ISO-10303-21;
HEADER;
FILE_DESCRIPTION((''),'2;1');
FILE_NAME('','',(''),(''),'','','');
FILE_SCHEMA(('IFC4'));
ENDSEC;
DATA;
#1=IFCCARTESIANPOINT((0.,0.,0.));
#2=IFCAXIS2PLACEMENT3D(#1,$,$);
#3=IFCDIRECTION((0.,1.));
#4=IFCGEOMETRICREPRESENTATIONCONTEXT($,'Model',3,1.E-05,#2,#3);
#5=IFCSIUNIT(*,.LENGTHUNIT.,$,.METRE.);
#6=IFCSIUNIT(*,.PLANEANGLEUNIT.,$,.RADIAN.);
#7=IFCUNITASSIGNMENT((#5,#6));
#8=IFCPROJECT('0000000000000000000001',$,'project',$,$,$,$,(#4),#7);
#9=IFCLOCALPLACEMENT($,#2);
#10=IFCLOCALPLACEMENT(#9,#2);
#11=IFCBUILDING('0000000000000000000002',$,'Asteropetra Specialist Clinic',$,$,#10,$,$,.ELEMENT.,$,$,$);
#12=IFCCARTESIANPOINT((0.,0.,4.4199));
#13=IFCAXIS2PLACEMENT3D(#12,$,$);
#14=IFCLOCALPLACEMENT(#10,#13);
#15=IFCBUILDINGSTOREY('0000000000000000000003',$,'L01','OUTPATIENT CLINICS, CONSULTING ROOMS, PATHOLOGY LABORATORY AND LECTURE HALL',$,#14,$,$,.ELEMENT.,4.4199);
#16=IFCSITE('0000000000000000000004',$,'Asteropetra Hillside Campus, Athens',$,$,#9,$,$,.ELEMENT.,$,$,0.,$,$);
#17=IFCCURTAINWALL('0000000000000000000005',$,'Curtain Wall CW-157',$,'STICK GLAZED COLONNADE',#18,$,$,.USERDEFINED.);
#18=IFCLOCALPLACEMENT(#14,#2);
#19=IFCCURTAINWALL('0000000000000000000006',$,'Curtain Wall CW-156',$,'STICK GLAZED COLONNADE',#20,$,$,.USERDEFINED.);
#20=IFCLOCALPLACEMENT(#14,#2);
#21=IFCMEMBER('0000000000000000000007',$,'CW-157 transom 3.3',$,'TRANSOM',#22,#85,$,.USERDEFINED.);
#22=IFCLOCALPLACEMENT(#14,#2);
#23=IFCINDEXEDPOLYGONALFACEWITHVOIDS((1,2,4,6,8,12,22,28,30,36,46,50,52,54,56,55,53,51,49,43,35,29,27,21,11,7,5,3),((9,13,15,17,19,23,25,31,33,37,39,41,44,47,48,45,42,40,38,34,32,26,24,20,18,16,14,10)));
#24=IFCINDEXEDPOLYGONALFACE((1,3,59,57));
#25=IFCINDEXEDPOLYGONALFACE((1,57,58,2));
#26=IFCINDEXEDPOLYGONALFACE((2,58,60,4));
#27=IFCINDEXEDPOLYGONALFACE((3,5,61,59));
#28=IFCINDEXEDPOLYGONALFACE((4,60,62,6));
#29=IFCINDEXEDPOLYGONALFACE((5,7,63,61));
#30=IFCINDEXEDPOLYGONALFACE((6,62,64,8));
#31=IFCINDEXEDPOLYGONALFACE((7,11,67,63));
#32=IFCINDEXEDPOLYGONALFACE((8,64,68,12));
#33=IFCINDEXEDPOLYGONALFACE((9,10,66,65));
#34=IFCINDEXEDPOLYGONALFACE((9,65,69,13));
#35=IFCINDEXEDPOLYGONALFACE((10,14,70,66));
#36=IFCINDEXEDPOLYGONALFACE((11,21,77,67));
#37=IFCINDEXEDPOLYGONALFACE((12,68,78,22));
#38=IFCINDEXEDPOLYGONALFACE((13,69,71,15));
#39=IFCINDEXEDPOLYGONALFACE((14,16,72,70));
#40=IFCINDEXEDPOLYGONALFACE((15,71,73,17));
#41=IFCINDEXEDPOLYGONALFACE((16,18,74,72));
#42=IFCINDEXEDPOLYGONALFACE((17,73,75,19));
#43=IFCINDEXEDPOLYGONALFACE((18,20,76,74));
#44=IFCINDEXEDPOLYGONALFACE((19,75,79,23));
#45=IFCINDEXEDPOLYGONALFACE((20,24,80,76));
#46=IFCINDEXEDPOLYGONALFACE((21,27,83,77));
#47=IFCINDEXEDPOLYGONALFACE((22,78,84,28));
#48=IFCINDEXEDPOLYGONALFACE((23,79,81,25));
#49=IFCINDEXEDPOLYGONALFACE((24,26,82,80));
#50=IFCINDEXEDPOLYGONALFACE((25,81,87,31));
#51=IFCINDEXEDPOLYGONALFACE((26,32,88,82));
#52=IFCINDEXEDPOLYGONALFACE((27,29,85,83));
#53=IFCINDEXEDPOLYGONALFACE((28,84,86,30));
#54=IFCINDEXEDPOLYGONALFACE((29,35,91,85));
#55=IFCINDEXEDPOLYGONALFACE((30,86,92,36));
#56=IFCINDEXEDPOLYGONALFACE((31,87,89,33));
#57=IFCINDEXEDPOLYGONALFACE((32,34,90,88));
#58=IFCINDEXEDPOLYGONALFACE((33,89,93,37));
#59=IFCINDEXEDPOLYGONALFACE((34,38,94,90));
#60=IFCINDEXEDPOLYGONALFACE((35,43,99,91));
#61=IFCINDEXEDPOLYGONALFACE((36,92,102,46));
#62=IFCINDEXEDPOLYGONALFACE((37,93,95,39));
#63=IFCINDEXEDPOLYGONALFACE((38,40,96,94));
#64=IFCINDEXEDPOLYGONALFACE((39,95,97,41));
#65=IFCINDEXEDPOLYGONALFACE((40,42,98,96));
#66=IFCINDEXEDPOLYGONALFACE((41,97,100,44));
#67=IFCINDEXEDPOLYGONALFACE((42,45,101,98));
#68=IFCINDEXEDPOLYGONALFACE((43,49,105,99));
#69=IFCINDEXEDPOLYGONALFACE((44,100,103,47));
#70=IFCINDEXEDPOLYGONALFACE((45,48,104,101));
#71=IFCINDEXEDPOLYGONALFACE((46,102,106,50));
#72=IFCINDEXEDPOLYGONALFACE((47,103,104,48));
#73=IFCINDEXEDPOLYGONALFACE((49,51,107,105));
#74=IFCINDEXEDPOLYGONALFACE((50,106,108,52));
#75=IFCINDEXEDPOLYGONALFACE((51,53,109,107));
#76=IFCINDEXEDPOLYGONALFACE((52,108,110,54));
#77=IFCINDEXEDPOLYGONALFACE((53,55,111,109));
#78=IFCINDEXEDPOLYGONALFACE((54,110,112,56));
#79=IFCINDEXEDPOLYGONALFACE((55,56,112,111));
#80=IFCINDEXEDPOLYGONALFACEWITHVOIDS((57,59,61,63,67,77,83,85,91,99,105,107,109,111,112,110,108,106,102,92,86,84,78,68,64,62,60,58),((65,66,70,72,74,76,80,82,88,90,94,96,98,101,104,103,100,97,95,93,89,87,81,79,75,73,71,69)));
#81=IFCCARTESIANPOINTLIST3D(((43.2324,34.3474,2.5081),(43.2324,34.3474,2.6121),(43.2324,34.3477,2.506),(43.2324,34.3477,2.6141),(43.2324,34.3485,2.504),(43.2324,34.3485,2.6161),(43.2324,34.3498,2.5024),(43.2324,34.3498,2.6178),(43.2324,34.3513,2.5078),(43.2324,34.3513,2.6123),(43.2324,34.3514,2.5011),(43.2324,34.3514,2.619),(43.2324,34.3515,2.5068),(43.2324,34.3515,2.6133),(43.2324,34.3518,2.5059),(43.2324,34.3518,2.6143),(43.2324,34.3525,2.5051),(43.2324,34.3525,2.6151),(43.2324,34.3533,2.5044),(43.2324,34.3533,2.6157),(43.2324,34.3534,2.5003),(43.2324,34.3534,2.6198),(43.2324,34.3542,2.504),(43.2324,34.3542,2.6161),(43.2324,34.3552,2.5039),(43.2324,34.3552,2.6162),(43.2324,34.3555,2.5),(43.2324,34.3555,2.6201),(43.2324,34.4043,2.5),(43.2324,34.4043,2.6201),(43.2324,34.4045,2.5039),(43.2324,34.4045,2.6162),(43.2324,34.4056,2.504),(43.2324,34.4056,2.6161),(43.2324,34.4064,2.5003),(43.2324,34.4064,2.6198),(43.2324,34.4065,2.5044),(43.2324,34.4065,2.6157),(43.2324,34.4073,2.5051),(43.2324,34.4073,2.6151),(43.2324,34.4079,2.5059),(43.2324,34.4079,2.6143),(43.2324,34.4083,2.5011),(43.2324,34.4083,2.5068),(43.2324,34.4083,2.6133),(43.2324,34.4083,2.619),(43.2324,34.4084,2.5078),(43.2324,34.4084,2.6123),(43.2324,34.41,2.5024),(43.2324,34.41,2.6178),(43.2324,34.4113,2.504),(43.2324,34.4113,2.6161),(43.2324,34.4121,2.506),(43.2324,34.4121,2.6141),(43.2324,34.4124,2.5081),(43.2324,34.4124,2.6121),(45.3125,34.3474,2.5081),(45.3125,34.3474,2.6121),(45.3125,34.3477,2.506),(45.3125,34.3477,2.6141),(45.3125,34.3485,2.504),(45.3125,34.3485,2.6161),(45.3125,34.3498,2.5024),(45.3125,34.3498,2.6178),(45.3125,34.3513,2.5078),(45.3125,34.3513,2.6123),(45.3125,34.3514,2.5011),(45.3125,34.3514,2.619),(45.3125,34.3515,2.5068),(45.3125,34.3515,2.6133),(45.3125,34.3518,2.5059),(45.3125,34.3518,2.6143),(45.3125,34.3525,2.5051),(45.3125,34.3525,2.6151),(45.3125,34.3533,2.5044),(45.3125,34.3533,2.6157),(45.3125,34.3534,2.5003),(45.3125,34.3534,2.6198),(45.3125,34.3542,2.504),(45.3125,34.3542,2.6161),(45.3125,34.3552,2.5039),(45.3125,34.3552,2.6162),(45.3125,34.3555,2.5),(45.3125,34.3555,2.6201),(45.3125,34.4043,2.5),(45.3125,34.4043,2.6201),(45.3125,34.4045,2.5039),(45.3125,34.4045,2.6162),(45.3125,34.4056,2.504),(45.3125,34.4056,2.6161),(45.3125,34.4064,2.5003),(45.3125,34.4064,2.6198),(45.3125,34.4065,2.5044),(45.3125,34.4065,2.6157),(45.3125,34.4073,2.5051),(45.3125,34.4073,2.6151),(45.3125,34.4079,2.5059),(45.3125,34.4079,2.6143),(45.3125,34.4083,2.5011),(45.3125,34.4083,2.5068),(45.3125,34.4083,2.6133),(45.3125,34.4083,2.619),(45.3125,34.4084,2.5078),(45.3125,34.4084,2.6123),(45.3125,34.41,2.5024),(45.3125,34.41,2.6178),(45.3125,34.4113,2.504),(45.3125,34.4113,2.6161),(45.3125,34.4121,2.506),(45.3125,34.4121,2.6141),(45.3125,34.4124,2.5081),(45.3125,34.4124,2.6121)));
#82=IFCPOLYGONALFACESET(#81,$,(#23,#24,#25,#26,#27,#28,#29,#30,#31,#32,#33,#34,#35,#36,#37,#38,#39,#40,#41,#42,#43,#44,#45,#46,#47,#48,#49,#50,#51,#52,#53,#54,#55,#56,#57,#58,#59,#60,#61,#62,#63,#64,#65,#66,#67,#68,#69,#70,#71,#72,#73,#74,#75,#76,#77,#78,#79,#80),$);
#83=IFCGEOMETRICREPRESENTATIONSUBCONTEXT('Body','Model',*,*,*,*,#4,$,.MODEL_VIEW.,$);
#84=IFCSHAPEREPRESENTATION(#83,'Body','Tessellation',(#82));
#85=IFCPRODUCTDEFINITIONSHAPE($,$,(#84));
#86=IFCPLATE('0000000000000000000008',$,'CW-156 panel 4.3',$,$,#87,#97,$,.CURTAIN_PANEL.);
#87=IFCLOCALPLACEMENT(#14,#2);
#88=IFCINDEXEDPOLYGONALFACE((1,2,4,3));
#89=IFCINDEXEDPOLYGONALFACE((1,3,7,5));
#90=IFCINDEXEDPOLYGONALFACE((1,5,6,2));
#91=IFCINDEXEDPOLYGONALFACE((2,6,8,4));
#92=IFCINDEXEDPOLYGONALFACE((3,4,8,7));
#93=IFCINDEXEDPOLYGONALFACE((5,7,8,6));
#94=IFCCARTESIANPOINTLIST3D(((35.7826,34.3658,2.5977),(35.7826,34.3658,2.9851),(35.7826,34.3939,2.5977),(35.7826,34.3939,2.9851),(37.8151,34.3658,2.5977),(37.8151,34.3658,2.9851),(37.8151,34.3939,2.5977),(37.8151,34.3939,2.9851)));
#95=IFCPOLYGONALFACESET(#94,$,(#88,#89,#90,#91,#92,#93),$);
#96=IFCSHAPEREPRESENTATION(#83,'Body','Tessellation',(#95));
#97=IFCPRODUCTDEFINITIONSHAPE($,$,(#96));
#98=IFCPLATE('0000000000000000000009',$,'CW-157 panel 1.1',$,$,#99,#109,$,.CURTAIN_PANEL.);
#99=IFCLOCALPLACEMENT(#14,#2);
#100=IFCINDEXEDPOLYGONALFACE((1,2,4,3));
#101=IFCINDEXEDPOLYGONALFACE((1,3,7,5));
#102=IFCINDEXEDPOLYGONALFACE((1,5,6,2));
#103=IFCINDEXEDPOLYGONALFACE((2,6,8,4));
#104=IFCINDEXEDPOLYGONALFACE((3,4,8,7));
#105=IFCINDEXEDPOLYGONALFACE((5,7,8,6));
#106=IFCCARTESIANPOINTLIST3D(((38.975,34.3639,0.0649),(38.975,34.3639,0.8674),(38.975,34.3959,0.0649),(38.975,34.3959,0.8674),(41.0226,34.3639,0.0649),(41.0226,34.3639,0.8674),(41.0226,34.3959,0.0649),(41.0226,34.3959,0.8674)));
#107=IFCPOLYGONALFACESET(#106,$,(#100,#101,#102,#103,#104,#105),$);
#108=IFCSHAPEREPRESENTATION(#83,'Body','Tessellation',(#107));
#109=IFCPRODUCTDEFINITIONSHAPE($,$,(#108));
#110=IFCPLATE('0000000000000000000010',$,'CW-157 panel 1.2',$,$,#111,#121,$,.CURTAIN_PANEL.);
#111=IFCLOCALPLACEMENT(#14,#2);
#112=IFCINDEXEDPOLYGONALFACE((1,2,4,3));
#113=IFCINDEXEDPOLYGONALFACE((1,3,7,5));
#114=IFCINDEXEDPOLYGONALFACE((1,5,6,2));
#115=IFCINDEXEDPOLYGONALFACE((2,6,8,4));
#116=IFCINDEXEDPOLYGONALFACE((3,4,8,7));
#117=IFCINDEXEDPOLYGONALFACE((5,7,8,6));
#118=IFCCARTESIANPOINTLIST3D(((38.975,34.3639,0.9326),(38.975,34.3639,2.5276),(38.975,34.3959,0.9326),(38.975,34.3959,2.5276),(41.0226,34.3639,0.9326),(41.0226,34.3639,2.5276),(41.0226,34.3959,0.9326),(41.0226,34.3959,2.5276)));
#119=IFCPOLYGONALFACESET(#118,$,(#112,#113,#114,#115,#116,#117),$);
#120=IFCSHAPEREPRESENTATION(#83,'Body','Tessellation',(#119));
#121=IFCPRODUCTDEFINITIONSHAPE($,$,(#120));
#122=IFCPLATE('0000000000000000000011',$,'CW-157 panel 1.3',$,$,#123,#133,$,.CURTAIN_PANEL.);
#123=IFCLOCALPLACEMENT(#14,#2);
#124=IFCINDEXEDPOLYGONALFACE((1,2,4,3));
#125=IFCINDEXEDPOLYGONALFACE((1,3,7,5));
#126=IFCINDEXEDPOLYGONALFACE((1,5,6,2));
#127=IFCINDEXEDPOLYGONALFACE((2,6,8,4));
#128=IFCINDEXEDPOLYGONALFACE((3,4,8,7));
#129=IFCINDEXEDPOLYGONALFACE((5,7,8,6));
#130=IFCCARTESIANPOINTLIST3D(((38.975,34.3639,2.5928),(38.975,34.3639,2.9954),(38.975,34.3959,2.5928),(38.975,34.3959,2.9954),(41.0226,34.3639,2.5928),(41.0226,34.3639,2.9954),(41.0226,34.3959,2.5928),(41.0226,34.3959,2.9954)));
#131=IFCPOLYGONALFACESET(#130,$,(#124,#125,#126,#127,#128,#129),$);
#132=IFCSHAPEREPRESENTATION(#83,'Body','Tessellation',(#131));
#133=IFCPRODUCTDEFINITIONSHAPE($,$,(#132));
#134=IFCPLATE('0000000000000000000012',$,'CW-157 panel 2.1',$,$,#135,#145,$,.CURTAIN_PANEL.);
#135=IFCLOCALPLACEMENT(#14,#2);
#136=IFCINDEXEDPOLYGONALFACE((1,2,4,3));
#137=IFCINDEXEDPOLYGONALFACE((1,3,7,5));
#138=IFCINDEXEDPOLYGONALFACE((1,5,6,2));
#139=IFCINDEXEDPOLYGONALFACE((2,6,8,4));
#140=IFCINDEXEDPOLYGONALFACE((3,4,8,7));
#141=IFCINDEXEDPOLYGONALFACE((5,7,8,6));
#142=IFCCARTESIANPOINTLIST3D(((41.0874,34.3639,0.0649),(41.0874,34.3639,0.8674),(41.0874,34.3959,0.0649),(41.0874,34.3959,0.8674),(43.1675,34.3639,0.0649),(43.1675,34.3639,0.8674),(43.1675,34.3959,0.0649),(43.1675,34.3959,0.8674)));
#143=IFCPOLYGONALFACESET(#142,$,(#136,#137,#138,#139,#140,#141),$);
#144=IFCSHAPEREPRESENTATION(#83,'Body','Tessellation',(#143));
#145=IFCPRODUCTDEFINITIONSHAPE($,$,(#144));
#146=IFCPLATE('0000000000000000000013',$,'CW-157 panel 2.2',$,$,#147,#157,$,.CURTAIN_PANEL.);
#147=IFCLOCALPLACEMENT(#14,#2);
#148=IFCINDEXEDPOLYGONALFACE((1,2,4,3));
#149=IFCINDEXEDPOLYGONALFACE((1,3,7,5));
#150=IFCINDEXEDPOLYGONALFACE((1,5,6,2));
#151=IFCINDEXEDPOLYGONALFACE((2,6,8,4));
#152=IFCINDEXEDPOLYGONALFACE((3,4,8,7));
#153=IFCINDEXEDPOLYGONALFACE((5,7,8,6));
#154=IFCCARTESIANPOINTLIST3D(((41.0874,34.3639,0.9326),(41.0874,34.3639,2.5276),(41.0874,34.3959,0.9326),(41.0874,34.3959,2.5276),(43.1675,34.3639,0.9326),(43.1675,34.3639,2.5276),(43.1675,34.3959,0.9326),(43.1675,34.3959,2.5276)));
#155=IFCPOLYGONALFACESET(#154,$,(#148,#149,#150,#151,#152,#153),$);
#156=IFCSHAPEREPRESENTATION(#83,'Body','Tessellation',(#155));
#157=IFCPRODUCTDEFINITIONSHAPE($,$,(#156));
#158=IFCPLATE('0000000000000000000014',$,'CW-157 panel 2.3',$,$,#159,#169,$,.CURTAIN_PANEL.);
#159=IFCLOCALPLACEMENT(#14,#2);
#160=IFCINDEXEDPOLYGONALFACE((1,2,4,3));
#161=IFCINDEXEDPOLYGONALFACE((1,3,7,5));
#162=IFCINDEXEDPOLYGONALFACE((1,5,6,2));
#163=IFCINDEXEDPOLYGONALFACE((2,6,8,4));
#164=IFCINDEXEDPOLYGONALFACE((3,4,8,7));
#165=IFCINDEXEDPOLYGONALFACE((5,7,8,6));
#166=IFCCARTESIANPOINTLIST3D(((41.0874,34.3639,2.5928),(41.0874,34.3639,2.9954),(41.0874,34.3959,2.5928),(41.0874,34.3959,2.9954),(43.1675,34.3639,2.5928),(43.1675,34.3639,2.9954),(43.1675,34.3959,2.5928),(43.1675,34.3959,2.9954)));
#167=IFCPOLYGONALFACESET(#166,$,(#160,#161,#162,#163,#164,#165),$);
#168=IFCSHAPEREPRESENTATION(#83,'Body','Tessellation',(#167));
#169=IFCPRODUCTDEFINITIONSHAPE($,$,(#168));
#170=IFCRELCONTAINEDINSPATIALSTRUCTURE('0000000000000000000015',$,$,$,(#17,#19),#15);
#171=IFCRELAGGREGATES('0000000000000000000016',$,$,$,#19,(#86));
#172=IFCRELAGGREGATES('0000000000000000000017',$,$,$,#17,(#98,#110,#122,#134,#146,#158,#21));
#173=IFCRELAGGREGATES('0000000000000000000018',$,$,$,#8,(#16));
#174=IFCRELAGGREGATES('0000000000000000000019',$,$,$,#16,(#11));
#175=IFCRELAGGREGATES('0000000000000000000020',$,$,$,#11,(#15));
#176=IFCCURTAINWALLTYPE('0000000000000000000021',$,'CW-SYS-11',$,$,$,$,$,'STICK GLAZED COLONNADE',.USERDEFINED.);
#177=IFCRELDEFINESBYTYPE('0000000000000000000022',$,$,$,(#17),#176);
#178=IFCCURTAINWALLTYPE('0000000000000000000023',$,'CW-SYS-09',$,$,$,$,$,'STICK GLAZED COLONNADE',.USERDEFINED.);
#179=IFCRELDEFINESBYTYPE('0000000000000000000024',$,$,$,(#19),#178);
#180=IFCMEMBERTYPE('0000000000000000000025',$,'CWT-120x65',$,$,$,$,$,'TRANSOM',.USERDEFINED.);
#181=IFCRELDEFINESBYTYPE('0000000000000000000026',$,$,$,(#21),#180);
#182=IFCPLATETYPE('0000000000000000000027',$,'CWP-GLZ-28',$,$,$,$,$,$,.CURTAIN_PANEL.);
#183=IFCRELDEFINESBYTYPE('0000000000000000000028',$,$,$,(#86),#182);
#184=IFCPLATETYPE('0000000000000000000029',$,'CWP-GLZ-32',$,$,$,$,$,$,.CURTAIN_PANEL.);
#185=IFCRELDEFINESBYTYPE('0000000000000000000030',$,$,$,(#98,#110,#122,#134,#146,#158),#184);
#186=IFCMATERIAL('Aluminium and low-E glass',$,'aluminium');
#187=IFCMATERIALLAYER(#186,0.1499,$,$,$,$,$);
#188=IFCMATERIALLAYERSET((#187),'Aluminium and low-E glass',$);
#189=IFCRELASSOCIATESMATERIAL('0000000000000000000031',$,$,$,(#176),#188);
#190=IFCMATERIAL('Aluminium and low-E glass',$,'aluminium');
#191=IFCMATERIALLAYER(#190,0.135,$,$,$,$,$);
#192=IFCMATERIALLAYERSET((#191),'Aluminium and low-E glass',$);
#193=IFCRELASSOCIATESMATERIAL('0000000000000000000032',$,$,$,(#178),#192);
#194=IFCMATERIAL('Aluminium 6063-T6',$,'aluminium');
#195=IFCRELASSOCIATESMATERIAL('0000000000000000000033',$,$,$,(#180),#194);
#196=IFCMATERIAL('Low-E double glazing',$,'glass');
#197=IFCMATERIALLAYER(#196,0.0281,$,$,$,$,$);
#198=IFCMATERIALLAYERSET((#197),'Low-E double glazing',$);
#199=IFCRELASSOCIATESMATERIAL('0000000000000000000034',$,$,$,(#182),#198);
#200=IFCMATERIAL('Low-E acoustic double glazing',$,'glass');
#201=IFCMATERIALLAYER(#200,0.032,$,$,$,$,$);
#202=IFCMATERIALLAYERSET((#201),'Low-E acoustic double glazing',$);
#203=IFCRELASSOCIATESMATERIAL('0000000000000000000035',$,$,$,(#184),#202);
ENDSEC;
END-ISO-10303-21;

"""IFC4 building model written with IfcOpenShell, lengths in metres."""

from ifc_helpers import new_model, si_unit, direction, frame, origin, origin_2d, place, context, subcontext, project, spatial, rectangle, hollow_rectangle, extrude, material, layer, layer_set, material_profile, profile_set, type_object, element, aggregate, save


model = new_model("IFC4")

# Units and contexts
model_context = context("Model", 3, precision=1e-05, world=origin(), true_north=direction((0.0, 1.0)))
body_context = subcontext(model_context, "Body", "Model", "MODEL_VIEW")
ifc_project = project(units=[si_unit("LENGTHUNIT", "METRE"), si_unit("PLANEANGLEUNIT", "RADIAN")], contexts=[model_context])

# Site, building, storey
site_placement = place(None, origin())
site = spatial("IfcSite", under=ifc_project, at=site_placement, Name="Asteropetra Hillside Campus, Athens", CompositionType="ELEMENT", RefElevation=0.0)
building_placement = place(site_placement, origin())
building = spatial("IfcBuilding", under=site, at=building_placement, Name="Asteropetra Specialist Clinic", CompositionType="ELEMENT")
storey_placement = place(building_placement, frame((0.0, 0.0, 4.4199)))
storey = spatial("IfcBuildingStorey", under=building, at=storey_placement, Name="L01", Description="OUTPATIENT CLINICS, CONSULTING ROOMS, PATHOLOGY LABORATORY AND LECTURE HALL", CompositionType="ELEMENT", Elevation=4.4199)

# Curtain wall
ifc_material_1 = material(Name="Aluminium and low-E glass", Category="aluminium")
ifc_layer_1 = layer(ifc_material_1, 0.1499)
ifc_layer_set_1 = layer_set([ifc_layer_1], Name="Aluminium and low-E glass")
curtain_wall_type_1 = type_object("IfcCurtainWallType", Name="CW-SYS-11", ElementType="STICK GLAZED COLONNADE", PredefinedType="USERDEFINED", material=ifc_layer_set_1)
curtain_wall_1_placement = place(storey_placement, origin())
curtain_wall_1 = element("IfcCurtainWall", 1, at=curtain_wall_1_placement, inside=storey, type_object=curtain_wall_type_1, Name="Curtain Wall CW-157", ObjectType="STICK GLAZED COLONNADE", PredefinedType="USERDEFINED")

# Curtain wall
ifc_material_2 = material(Name="Aluminium and low-E glass", Category="aluminium")
ifc_layer_2 = layer(ifc_material_2, 0.135)
ifc_layer_set_2 = layer_set([ifc_layer_2], Name="Aluminium and low-E glass")
curtain_wall_type_2 = type_object("IfcCurtainWallType", Name="CW-SYS-09", ElementType="STICK GLAZED COLONNADE", PredefinedType="USERDEFINED", material=ifc_layer_set_2)
curtain_wall_2_placement = place(storey_placement, origin())
curtain_wall_2 = element("IfcCurtainWall", 2, at=curtain_wall_2_placement, inside=storey, type_object=curtain_wall_type_2, Name="Curtain Wall CW-156", ObjectType="STICK GLAZED COLONNADE", PredefinedType="USERDEFINED")

# Member
ifc_material_3 = material(Name="Aluminium 6063-T6", Category="aluminium")
ifc_material_profile_1 = material_profile(ifc_material_3, hollow_rectangle(XDim=0.0649, YDim=0.1201, WallThickness=0.0039, InnerFilletRadius=0.0039, OuterFilletRadius=0.0081, at=origin_2d()), Name="TRN 120x65x4.0")
ifc_profile_set_1 = profile_set([ifc_material_profile_1], Name="Aluminium 6063-T6")
member_type_1 = type_object("IfcMemberType", Name="CWT-120x65", ElementType="TRANSOM", PredefinedType="USERDEFINED", material=ifc_profile_set_1)
member_1_placement = place(storey_placement, frame((43.2324, 34.3799, 2.5601), z_axis=(1.0, 0.0, 0.0), x_axis=(0.0, 1.0, 0.0)))
member_1 = element("IfcMember", 3, at=member_1_placement, type_object=member_type_1, Name="CW-157 transom 3.3", ObjectType="TRANSOM", PredefinedType="USERDEFINED", context=body_context, shape_type="SweptSolid", body=[
    extrude(hollow_rectangle(XDim=0.0649, YDim=0.1201, WallThickness=0.0039, InnerFilletRadius=0.0039, OuterFilletRadius=0.0081, at=origin_2d()), origin(), (0.0, 0.0, 1.0), 2.0801),
])

# Plates
ifc_material_4 = material(Name="Low-E double glazing", Category="glass")
ifc_layer_3 = layer(ifc_material_4, 0.0281)
ifc_layer_set_3 = layer_set([ifc_layer_3], Name="Low-E double glazing")
plate_type_1 = type_object("IfcPlateType", Name="CWP-GLZ-28", PredefinedType="CURTAIN_PANEL", material=ifc_layer_set_3)
plate_1_placement = place(storey_placement, frame((36.7988, 34.3799, 2.5977), z_axis=(0.0, 0.0, 1.0), x_axis=(1.0, 0.0, 0.0)))
plate_1 = element("IfcPlate", 4, at=plate_1_placement, type_object=plate_type_1, Name="CW-156 panel 4.3", PredefinedType="CURTAIN_PANEL", context=body_context, shape_type="SweptSolid", body=[
    extrude(rectangle(XDim=2.0325, YDim=0.0281, at=origin_2d()), origin(), (0.0, 0.0, 1.0), 0.3875),
])
aggregate(curtain_wall_2, [plate_1])
ifc_material_5 = material(Name="Low-E acoustic double glazing", Category="glass")
ifc_layer_4 = layer(ifc_material_5, 0.032)
ifc_layer_set_4 = layer_set([ifc_layer_4], Name="Low-E acoustic double glazing")
plate_type_2 = type_object("IfcPlateType", Name="CWP-GLZ-32", PredefinedType="CURTAIN_PANEL", material=ifc_layer_set_4)
plate_2_placement = place(storey_placement, frame((39.9988, 34.3799, 0.0649), z_axis=(0.0, 0.0, 1.0), x_axis=(1.0, 0.0, 0.0)))
plate_2 = element("IfcPlate", 5, at=plate_2_placement, type_object=plate_type_2, Name="CW-157 panel 1.1", PredefinedType="CURTAIN_PANEL", context=body_context, shape_type="SweptSolid", body=[
    extrude(rectangle(XDim=2.0476, YDim=0.032, at=origin_2d()), origin(), (0.0, 0.0, 1.0), 0.8025),
])
plate_3_placement = place(storey_placement, frame((39.9988, 34.3799, 0.9326), z_axis=(0.0, 0.0, 1.0), x_axis=(1.0, 0.0, 0.0)))
plate_3 = element("IfcPlate", 6, at=plate_3_placement, type_object=plate_type_2, Name="CW-157 panel 1.2", PredefinedType="CURTAIN_PANEL", context=body_context, shape_type="SweptSolid", body=[
    extrude(rectangle(XDim=2.0476, YDim=0.032, at=origin_2d()), origin(), (0.0, 0.0, 1.0), 1.595),
])
plate_4_placement = place(storey_placement, frame((39.9988, 34.3799, 2.5928), z_axis=(0.0, 0.0, 1.0), x_axis=(1.0, 0.0, 0.0)))
plate_4 = element("IfcPlate", 7, at=plate_4_placement, type_object=plate_type_2, Name="CW-157 panel 1.3", PredefinedType="CURTAIN_PANEL", context=body_context, shape_type="SweptSolid", body=[
    extrude(rectangle(XDim=2.0476, YDim=0.032, at=origin_2d()), origin(), (0.0, 0.0, 1.0), 0.4026),
])
plate_5_placement = place(storey_placement, frame((42.1274, 34.3799, 0.0649), z_axis=(0.0, 0.0, 1.0), x_axis=(1.0, 0.0, 0.0)))
plate_5 = element("IfcPlate", 8, at=plate_5_placement, type_object=plate_type_2, Name="CW-157 panel 2.1", PredefinedType="CURTAIN_PANEL", context=body_context, shape_type="SweptSolid", body=[
    extrude(rectangle(XDim=2.0801, YDim=0.032, at=origin_2d()), origin(), (0.0, 0.0, 1.0), 0.8025),
])
plate_6_placement = place(storey_placement, frame((42.1274, 34.3799, 0.9326), z_axis=(0.0, 0.0, 1.0), x_axis=(1.0, 0.0, 0.0)))
plate_6 = element("IfcPlate", 9, at=plate_6_placement, type_object=plate_type_2, Name="CW-157 panel 2.2", PredefinedType="CURTAIN_PANEL", context=body_context, shape_type="SweptSolid", body=[
    extrude(rectangle(XDim=2.0801, YDim=0.032, at=origin_2d()), origin(), (0.0, 0.0, 1.0), 1.595),
])
plate_7_placement = place(storey_placement, frame((42.1274, 34.3799, 2.5928), z_axis=(0.0, 0.0, 1.0), x_axis=(1.0, 0.0, 0.0)))
plate_7 = element("IfcPlate", 10, at=plate_7_placement, type_object=plate_type_2, Name="CW-157 panel 2.3", PredefinedType="CURTAIN_PANEL", context=body_context, shape_type="SweptSolid", body=[
    extrude(rectangle(XDim=2.0801, YDim=0.032, at=origin_2d()), origin(), (0.0, 0.0, 1.0), 0.4026),
])
aggregate(curtain_wall_1, [plate_2, plate_3, plate_4, plate_5, plate_6, plate_7, member_1])

save(model, "model.ifc")
